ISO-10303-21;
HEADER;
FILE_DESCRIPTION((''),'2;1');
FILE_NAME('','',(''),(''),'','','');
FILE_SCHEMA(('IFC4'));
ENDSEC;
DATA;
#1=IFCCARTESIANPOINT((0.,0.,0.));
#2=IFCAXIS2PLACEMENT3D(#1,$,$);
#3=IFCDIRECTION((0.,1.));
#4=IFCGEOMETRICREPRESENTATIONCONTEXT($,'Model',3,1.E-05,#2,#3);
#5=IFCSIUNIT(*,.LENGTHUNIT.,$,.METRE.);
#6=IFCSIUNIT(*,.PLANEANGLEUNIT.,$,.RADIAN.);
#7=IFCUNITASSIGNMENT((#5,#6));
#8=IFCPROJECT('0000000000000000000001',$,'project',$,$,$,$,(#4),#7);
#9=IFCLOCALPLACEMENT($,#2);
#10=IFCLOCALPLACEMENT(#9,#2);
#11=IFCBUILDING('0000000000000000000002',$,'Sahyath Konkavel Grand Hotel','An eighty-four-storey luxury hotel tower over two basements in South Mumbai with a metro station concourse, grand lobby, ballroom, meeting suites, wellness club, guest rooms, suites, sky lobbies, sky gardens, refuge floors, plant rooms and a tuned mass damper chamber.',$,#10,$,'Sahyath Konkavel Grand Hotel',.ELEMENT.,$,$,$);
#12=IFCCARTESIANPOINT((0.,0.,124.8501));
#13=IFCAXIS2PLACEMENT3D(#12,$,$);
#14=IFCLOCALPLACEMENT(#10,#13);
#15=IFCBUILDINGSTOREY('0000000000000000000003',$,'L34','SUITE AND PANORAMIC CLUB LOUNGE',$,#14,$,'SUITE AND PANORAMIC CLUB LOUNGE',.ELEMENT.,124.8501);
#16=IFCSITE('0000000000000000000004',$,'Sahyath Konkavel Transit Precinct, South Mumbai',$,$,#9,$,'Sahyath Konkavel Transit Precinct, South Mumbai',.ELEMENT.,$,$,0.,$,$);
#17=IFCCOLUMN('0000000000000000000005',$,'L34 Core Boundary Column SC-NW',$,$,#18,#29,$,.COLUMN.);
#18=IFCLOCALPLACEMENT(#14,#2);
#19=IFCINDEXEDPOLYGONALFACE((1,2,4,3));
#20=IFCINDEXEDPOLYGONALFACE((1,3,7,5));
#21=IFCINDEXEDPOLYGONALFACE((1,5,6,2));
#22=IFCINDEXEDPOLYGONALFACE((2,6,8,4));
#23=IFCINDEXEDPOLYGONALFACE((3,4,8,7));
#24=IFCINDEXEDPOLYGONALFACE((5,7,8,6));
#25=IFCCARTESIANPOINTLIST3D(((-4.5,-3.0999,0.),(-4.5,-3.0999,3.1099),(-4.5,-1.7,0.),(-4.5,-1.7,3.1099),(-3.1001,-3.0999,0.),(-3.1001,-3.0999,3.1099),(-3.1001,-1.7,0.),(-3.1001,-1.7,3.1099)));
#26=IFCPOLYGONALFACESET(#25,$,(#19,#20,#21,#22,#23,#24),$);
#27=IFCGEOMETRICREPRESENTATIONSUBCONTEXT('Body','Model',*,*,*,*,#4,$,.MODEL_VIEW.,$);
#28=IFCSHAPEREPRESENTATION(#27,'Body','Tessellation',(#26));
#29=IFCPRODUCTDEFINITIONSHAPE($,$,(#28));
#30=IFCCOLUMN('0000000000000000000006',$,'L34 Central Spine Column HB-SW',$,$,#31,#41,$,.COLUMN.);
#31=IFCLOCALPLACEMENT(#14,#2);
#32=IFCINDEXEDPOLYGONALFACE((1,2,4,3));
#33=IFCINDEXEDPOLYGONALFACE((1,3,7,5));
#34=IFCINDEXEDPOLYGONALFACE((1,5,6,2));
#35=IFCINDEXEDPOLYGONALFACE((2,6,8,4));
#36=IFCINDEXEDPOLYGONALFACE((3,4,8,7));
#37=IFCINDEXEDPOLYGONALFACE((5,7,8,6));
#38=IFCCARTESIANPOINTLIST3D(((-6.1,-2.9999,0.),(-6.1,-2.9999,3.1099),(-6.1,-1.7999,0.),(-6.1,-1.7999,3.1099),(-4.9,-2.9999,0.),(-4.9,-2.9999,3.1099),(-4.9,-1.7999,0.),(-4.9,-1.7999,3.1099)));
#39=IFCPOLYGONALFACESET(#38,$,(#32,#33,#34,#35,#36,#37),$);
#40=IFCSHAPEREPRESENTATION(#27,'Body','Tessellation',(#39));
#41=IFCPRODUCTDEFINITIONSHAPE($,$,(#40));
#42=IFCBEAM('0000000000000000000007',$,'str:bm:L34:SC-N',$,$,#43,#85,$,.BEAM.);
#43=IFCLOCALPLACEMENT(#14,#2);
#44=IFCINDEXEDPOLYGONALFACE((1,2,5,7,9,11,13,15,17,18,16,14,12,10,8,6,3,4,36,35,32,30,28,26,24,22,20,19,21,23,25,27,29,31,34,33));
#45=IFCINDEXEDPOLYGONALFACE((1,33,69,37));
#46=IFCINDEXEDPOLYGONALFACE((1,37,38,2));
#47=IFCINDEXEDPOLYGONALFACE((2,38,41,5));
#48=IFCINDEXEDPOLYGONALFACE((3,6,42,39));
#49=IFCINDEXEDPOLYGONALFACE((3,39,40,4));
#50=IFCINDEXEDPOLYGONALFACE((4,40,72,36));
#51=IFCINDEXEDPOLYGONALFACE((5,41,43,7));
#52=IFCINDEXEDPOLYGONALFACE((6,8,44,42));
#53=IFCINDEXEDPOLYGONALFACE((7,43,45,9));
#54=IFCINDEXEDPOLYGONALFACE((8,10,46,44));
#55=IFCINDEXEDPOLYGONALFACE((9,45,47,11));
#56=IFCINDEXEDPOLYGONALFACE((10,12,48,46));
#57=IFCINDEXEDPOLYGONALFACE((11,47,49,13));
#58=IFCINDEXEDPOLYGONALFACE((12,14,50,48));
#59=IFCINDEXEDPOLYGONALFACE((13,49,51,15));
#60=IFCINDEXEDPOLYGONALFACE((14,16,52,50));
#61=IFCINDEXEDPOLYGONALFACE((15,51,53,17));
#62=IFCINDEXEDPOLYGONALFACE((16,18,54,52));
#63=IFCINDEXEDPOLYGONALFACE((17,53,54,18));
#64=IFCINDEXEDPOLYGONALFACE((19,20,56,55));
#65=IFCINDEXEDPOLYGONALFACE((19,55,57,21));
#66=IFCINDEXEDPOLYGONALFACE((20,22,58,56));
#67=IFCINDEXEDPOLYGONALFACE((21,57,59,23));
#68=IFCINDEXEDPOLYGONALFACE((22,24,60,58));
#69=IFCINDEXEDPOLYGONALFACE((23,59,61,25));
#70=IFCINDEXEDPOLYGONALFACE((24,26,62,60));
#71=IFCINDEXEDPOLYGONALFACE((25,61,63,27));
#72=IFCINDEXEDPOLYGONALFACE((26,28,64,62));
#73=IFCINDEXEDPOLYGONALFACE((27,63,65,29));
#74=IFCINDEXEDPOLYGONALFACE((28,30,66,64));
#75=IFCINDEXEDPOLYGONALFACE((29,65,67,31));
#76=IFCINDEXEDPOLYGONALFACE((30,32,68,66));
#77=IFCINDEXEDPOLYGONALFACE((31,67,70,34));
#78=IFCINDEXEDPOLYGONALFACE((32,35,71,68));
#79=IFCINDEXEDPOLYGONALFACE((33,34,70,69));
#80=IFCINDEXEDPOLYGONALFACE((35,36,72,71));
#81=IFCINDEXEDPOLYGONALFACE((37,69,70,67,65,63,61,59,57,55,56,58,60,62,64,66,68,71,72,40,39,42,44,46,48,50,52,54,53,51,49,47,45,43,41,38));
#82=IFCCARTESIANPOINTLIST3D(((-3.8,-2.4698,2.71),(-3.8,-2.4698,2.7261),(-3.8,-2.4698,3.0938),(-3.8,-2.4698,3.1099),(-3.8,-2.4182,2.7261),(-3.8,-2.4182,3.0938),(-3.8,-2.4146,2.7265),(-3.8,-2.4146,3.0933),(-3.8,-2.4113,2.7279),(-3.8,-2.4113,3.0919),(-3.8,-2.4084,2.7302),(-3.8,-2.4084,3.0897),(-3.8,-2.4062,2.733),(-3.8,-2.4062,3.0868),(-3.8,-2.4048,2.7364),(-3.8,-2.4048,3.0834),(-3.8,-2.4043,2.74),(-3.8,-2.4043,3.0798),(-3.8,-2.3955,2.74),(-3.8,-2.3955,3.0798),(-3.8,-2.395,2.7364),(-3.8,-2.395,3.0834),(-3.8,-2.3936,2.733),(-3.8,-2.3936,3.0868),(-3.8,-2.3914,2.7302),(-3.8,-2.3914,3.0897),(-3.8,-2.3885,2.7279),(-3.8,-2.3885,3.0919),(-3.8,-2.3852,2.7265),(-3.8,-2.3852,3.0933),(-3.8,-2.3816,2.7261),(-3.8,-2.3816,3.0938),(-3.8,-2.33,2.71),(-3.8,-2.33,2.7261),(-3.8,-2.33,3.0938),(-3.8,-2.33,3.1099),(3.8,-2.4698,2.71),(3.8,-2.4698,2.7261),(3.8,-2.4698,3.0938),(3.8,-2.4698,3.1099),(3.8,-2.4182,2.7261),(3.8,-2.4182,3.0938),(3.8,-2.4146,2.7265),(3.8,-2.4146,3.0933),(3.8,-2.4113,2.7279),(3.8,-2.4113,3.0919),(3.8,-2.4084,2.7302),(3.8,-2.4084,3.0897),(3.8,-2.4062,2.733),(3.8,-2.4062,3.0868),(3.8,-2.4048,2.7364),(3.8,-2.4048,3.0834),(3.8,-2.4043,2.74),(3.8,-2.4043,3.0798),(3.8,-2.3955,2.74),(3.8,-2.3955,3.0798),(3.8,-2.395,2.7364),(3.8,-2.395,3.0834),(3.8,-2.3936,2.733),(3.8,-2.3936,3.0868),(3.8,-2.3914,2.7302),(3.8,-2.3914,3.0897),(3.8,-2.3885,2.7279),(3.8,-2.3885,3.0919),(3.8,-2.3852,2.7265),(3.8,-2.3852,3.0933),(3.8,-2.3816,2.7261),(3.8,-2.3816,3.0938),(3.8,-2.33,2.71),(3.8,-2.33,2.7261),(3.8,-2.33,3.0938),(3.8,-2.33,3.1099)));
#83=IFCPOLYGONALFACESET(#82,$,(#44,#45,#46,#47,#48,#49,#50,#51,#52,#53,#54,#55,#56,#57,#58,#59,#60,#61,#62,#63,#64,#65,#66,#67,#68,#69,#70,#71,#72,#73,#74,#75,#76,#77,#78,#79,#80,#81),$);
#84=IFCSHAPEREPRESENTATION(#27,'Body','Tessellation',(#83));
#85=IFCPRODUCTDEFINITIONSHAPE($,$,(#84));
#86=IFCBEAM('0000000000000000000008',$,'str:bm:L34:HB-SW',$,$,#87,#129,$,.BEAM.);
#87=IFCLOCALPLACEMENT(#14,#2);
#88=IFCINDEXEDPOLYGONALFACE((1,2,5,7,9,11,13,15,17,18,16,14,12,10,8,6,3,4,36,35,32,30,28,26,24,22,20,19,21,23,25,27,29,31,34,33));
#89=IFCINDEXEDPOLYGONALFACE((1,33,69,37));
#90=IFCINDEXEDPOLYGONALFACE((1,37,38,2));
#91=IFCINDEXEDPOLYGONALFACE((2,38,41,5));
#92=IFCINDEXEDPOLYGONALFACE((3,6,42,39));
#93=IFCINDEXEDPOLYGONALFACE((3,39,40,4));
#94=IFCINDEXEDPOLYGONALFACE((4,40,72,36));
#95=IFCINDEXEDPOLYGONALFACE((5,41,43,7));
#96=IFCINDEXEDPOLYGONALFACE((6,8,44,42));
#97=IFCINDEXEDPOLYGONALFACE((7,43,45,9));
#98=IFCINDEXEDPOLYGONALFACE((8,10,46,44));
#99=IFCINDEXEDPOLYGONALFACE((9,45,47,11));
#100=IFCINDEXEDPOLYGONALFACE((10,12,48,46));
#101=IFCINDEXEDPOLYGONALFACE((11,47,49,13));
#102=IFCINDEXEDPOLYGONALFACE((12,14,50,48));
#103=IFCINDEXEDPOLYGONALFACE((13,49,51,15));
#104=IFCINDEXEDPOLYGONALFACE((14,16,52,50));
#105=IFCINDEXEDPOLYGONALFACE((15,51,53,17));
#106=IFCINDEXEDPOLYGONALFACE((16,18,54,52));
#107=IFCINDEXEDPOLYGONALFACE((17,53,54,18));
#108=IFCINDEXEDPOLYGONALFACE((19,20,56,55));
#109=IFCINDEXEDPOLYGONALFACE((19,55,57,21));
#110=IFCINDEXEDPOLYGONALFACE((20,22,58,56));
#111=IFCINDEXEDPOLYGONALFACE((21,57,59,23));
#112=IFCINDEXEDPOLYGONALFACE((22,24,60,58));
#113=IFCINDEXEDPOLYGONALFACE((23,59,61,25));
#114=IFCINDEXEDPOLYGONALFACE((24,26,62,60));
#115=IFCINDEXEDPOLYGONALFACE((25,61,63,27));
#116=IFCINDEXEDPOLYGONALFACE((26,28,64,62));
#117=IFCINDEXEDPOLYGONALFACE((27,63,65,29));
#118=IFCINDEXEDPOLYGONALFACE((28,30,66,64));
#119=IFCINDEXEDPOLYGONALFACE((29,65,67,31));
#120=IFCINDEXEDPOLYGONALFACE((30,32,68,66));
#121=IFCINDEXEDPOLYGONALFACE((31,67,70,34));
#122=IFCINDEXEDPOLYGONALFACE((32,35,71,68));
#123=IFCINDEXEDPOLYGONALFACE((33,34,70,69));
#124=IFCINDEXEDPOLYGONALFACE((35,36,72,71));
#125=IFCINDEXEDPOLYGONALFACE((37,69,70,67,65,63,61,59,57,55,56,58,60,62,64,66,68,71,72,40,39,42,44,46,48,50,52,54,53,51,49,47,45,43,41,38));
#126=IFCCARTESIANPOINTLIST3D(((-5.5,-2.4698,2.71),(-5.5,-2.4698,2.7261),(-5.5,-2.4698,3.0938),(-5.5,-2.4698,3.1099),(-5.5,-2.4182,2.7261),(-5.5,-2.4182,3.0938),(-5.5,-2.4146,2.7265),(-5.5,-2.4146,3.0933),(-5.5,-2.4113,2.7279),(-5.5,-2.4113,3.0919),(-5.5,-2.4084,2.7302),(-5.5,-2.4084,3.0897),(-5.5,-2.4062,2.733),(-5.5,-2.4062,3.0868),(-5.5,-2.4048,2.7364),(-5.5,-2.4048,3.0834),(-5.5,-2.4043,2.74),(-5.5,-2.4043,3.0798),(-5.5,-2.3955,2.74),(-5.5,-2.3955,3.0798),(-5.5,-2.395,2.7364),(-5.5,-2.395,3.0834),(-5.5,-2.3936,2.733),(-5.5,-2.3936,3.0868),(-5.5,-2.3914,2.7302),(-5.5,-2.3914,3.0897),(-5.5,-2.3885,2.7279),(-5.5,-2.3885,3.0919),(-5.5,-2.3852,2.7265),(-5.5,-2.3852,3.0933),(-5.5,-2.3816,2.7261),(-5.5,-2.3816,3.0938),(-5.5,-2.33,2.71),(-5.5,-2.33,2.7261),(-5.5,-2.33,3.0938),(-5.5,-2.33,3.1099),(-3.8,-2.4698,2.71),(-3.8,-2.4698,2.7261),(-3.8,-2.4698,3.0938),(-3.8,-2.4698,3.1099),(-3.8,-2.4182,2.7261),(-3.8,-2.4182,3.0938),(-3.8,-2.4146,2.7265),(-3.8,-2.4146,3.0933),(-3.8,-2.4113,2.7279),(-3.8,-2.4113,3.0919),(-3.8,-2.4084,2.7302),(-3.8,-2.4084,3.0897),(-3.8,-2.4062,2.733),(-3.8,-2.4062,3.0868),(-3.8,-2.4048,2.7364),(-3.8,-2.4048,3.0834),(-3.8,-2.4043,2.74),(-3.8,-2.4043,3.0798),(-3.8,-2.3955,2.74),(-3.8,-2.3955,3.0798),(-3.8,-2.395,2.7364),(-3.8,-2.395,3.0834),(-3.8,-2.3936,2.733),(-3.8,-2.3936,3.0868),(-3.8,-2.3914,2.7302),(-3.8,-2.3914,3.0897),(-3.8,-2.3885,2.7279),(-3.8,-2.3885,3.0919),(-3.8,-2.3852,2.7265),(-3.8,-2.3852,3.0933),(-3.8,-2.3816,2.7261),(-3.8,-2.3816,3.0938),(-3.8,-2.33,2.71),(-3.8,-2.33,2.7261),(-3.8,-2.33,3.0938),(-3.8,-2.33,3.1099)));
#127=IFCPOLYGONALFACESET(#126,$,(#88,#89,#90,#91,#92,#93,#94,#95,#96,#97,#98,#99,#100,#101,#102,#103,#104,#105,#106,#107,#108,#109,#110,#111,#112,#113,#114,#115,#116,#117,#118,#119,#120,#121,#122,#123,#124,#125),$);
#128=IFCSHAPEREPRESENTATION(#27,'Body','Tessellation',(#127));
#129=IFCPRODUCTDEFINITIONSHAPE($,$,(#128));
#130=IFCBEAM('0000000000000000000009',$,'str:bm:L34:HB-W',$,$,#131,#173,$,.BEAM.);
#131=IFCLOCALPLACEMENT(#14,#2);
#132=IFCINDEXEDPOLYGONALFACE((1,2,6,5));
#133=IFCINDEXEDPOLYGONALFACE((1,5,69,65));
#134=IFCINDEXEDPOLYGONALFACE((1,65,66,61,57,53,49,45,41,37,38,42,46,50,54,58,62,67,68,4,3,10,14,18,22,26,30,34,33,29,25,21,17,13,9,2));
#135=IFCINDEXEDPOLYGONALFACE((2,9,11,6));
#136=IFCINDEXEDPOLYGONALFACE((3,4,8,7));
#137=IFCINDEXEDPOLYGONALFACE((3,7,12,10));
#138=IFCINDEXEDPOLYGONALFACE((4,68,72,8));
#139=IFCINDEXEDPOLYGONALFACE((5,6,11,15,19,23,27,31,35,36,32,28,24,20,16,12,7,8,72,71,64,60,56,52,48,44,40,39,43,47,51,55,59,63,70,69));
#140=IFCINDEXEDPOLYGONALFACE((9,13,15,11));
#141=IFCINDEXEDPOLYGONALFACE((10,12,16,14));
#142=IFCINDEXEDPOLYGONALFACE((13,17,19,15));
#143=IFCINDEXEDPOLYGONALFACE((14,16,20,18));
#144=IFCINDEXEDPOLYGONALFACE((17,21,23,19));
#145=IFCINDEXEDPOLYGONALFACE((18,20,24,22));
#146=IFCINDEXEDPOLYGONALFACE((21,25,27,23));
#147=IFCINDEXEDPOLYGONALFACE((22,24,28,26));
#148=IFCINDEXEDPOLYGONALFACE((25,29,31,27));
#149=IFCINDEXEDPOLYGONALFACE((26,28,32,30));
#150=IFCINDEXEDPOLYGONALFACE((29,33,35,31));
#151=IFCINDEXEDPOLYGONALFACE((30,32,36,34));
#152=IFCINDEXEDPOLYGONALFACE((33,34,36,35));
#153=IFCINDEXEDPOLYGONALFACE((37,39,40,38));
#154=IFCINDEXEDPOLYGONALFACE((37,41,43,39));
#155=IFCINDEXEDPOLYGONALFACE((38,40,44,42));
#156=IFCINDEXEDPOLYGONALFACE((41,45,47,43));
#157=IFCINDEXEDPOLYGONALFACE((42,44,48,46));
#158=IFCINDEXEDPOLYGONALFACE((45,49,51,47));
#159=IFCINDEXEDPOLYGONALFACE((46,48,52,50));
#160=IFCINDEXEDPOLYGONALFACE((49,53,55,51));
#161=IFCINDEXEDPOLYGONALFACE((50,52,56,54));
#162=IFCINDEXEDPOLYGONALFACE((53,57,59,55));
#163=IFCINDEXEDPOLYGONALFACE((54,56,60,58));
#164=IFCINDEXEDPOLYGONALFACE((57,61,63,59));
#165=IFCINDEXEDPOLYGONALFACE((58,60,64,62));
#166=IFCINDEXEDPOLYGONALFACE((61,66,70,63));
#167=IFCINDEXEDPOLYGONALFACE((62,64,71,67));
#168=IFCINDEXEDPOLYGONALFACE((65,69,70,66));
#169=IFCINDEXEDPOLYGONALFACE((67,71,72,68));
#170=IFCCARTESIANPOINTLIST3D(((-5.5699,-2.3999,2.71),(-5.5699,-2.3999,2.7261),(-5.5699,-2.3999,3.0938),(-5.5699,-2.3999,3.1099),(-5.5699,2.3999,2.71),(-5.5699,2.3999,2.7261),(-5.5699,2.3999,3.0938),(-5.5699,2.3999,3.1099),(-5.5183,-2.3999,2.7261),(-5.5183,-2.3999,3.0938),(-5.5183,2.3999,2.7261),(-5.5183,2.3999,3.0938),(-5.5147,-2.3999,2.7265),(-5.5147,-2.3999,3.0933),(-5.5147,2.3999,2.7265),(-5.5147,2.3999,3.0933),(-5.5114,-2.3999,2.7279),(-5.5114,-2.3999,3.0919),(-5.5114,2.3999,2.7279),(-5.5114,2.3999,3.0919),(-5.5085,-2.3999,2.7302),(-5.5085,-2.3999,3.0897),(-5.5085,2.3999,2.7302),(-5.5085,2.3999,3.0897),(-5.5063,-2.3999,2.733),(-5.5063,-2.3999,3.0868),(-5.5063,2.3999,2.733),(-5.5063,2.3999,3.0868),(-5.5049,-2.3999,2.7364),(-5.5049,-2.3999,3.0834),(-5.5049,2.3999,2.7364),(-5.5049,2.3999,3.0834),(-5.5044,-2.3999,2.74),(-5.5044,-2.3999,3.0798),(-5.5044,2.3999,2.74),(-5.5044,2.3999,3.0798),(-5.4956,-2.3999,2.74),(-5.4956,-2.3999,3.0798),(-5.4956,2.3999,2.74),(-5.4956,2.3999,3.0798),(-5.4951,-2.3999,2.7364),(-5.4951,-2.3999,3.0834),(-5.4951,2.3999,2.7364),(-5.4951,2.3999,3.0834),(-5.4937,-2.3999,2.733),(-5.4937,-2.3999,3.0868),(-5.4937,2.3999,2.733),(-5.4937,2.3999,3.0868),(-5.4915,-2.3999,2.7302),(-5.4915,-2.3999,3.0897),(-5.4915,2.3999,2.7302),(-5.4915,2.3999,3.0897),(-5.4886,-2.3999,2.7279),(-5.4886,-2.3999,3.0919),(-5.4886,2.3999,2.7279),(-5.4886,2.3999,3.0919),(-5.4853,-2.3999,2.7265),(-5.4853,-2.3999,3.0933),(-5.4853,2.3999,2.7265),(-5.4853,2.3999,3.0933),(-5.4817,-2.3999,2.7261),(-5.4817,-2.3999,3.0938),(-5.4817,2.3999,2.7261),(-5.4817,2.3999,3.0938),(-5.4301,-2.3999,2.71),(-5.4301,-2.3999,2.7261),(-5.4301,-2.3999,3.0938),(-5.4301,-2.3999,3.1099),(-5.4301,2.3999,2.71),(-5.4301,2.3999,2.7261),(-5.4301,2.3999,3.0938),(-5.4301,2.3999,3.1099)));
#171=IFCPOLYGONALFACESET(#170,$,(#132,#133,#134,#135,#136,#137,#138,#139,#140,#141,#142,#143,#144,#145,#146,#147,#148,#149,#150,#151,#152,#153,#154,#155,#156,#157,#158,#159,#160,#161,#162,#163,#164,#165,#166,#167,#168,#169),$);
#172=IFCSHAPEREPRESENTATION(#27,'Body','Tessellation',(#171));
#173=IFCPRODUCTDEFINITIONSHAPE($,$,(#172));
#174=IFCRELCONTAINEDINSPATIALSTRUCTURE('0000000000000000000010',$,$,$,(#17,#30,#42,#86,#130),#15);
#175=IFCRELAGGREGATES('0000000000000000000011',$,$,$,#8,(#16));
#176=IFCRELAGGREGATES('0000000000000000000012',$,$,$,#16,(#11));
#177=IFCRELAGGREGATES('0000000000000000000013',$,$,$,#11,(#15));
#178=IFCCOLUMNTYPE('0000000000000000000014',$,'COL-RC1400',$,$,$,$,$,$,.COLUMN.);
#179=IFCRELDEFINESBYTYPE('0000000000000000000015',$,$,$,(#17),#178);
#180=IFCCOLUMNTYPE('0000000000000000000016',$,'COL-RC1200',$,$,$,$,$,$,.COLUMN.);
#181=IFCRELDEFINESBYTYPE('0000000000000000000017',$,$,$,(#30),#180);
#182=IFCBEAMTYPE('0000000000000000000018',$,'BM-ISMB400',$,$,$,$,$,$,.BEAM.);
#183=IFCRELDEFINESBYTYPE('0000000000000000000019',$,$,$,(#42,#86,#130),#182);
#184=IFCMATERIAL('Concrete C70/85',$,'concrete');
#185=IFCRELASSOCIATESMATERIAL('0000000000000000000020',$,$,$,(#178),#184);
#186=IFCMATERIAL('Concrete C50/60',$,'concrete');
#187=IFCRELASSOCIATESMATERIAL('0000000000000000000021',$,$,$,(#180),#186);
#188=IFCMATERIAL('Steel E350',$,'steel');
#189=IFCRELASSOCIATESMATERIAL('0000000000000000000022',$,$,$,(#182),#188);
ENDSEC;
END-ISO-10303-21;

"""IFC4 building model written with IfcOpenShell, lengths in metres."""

from ifc_helpers import new_model, si_unit, direction, frame, origin, origin_2d, place, context, subcontext, project, spatial, rectangle, i_section, extrude, source, transform, mapped, material, material_profile, profile_set, type_object, element, save


model = new_model("IFC4")

# Units and contexts
model_context = context("Model", 3, precision=1e-05, world=origin(), true_north=direction((0.0, 1.0)))
body_context = subcontext(model_context, "Body", "Model", "MODEL_VIEW")
ifc_project = project(units=[si_unit("LENGTHUNIT", "METRE"), si_unit("PLANEANGLEUNIT", "RADIAN")], contexts=[model_context])

# Site, building, storey
site_placement = place(None, origin())
site = spatial("IfcSite", under=ifc_project, at=site_placement, Name="Sahyath Konkavel Transit Precinct, South Mumbai", LongName="Sahyath Konkavel Transit Precinct, South Mumbai", CompositionType="ELEMENT", RefElevation=0.0)
building_placement = place(site_placement, origin())
building = spatial("IfcBuilding", under=site, at=building_placement, Name="Sahyath Konkavel Grand Hotel", Description="An eighty-four-storey luxury hotel tower over two basements in South Mumbai with a metro station concourse, grand lobby, ballroom, meeting suites, wellness club, guest rooms, suites, sky lobbies, sky gardens, refuge floors, plant rooms and a tuned mass damper chamber.", LongName="Sahyath Konkavel Grand Hotel", CompositionType="ELEMENT")
storey_placement = place(building_placement, frame((0.0, 0.0, 124.8501)))
storey = spatial("IfcBuildingStorey", under=building, at=storey_placement, Name="L34", Description="SUITE AND PANORAMIC CLUB LOUNGE", LongName="SUITE AND PANORAMIC CLUB LOUNGE", CompositionType="ELEMENT", Elevation=124.8501)

# Columns
ifc_material_1 = material(Name="Concrete C70/85", Category="concrete")
ifc_material_profile_1 = material_profile(ifc_material_1, rectangle(XDim=1.3999, YDim=1.3999, at=origin_2d()), Name="RC 1400x1400")
ifc_profile_set_1 = profile_set([ifc_material_profile_1], Name="Concrete C70/85")
column_type_1 = type_object("IfcColumnType", Name="COL-RC1400", PredefinedType="COLUMN", material=ifc_profile_set_1)
shared_shape_1 = source(origin(), body_context, "Body", "SweptSolid", [
    extrude(rectangle(XDim=1.3999, YDim=1.3999, at=origin_2d()), origin(), (0.0, 0.0, 1.0), 3.1099),
])
column_1_placement = place(storey_placement, frame((-3.8, -2.3999, 0.0), z_axis=(0.0, 0.0, 1.0), x_axis=(1.0, 0.0, 0.0)))
element("IfcColumn", 1, at=column_1_placement, inside=storey, type_object=column_type_1, Name="L34 Core Boundary Column SC-NW", PredefinedType="COLUMN", context=body_context, shape_type="MappedRepresentation", body=[
    mapped(shared_shape_1, transform((0.0, 0.0, 0.0), scale=1.0)),
])
ifc_material_2 = material(Name="Concrete C50/60", Category="concrete")
ifc_material_profile_2 = material_profile(ifc_material_2, rectangle(XDim=1.2, YDim=1.2, at=origin_2d()), Name="RC 1200x1200")
ifc_profile_set_2 = profile_set([ifc_material_profile_2], Name="Concrete C50/60")
column_type_2 = type_object("IfcColumnType", Name="COL-RC1200", PredefinedType="COLUMN", material=ifc_profile_set_2)
shared_shape_2 = source(origin(), body_context, "Body", "SweptSolid", [
    extrude(rectangle(XDim=1.2, YDim=1.2, at=origin_2d()), origin(), (0.0, 0.0, 1.0), 3.1099),
])
column_2_placement = place(storey_placement, frame((-5.5, -2.3999, 0.0), z_axis=(0.0, 0.0, 1.0), x_axis=(1.0, 0.0, 0.0)))
element("IfcColumn", 2, at=column_2_placement, inside=storey, type_object=column_type_2, Name="L34 Central Spine Column HB-SW", PredefinedType="COLUMN", context=body_context, shape_type="MappedRepresentation", body=[
    mapped(shared_shape_2, transform((0.0, 0.0, 0.0), scale=1.0)),
])

# Beams
ifc_material_3 = material(Name="Steel E350", Category="steel")
ifc_material_profile_3 = material_profile(ifc_material_3, i_section(OverallWidth=0.1399, OverallDepth=0.3999, WebThickness=0.0088, FlangeThickness=0.0161, FilletRadius=0.0139, at=origin_2d()), Name="ISMB 400")
ifc_profile_set_3 = profile_set([ifc_material_profile_3], Name="Steel E350")
beam_type_1 = type_object("IfcBeamType", Name="BM-ISMB400", PredefinedType="BEAM", material=ifc_profile_set_3)
shared_shape_3 = source(origin(), body_context, "Body", "SweptSolid", [
    extrude(i_section(OverallWidth=0.1399, OverallDepth=0.3999, WebThickness=0.0088, FlangeThickness=0.0161, FilletRadius=0.0139, at=origin_2d()), origin(), (0.0, 0.0, 1.0), 7.6001),
])
beam_1_placement = place(storey_placement, frame((-3.8, -2.3999, 2.9099), z_axis=(1.0, 0.0, 0.0), x_axis=(0.0, 1.0, 0.0)))
element("IfcBeam", 3, at=beam_1_placement, inside=storey, type_object=beam_type_1, Name="str:bm:L34:SC-N", PredefinedType="BEAM", context=body_context, shape_type="MappedRepresentation", body=[
    mapped(shared_shape_3, transform((0.0, 0.0, 0.0), scale=1.0)),
])
shared_shape_4 = source(origin(), body_context, "Body", "SweptSolid", [
    extrude(i_section(OverallWidth=0.1399, OverallDepth=0.3999, WebThickness=0.0088, FlangeThickness=0.0161, FilletRadius=0.0139, at=origin_2d()), origin(), (0.0, 0.0, 1.0), 1.7),
])
beam_2_placement = place(storey_placement, frame((-5.5, -2.3999, 2.9099), z_axis=(1.0, 0.0, 0.0), x_axis=(0.0, 1.0, 0.0)))
element("IfcBeam", 4, at=beam_2_placement, inside=storey, type_object=beam_type_1, Name="str:bm:L34:HB-SW", PredefinedType="BEAM", context=body_context, shape_type="MappedRepresentation", body=[
    mapped(shared_shape_4, transform((0.0, 0.0, 0.0), scale=1.0)),
])
shared_shape_5 = source(origin(), body_context, "Body", "SweptSolid", [
    extrude(i_section(OverallWidth=0.1399, OverallDepth=0.3999, WebThickness=0.0088, FlangeThickness=0.0161, FilletRadius=0.0139, at=origin_2d()), origin(), (0.0, 0.0, 1.0), 4.7998),
])
beam_3_placement = place(storey_placement, frame((-5.5, -2.3999, 2.9099), z_axis=(0.0, 1.0, 0.0), x_axis=(-1.0, 0.0, 0.0)))
element("IfcBeam", 5, at=beam_3_placement, inside=storey, type_object=beam_type_1, Name="str:bm:L34:HB-W", PredefinedType="BEAM", context=body_context, shape_type="MappedRepresentation", body=[
    mapped(shared_shape_5, transform((0.0, 0.0, 0.0), scale=1.0)),
])

save(model, "model.ifc")
